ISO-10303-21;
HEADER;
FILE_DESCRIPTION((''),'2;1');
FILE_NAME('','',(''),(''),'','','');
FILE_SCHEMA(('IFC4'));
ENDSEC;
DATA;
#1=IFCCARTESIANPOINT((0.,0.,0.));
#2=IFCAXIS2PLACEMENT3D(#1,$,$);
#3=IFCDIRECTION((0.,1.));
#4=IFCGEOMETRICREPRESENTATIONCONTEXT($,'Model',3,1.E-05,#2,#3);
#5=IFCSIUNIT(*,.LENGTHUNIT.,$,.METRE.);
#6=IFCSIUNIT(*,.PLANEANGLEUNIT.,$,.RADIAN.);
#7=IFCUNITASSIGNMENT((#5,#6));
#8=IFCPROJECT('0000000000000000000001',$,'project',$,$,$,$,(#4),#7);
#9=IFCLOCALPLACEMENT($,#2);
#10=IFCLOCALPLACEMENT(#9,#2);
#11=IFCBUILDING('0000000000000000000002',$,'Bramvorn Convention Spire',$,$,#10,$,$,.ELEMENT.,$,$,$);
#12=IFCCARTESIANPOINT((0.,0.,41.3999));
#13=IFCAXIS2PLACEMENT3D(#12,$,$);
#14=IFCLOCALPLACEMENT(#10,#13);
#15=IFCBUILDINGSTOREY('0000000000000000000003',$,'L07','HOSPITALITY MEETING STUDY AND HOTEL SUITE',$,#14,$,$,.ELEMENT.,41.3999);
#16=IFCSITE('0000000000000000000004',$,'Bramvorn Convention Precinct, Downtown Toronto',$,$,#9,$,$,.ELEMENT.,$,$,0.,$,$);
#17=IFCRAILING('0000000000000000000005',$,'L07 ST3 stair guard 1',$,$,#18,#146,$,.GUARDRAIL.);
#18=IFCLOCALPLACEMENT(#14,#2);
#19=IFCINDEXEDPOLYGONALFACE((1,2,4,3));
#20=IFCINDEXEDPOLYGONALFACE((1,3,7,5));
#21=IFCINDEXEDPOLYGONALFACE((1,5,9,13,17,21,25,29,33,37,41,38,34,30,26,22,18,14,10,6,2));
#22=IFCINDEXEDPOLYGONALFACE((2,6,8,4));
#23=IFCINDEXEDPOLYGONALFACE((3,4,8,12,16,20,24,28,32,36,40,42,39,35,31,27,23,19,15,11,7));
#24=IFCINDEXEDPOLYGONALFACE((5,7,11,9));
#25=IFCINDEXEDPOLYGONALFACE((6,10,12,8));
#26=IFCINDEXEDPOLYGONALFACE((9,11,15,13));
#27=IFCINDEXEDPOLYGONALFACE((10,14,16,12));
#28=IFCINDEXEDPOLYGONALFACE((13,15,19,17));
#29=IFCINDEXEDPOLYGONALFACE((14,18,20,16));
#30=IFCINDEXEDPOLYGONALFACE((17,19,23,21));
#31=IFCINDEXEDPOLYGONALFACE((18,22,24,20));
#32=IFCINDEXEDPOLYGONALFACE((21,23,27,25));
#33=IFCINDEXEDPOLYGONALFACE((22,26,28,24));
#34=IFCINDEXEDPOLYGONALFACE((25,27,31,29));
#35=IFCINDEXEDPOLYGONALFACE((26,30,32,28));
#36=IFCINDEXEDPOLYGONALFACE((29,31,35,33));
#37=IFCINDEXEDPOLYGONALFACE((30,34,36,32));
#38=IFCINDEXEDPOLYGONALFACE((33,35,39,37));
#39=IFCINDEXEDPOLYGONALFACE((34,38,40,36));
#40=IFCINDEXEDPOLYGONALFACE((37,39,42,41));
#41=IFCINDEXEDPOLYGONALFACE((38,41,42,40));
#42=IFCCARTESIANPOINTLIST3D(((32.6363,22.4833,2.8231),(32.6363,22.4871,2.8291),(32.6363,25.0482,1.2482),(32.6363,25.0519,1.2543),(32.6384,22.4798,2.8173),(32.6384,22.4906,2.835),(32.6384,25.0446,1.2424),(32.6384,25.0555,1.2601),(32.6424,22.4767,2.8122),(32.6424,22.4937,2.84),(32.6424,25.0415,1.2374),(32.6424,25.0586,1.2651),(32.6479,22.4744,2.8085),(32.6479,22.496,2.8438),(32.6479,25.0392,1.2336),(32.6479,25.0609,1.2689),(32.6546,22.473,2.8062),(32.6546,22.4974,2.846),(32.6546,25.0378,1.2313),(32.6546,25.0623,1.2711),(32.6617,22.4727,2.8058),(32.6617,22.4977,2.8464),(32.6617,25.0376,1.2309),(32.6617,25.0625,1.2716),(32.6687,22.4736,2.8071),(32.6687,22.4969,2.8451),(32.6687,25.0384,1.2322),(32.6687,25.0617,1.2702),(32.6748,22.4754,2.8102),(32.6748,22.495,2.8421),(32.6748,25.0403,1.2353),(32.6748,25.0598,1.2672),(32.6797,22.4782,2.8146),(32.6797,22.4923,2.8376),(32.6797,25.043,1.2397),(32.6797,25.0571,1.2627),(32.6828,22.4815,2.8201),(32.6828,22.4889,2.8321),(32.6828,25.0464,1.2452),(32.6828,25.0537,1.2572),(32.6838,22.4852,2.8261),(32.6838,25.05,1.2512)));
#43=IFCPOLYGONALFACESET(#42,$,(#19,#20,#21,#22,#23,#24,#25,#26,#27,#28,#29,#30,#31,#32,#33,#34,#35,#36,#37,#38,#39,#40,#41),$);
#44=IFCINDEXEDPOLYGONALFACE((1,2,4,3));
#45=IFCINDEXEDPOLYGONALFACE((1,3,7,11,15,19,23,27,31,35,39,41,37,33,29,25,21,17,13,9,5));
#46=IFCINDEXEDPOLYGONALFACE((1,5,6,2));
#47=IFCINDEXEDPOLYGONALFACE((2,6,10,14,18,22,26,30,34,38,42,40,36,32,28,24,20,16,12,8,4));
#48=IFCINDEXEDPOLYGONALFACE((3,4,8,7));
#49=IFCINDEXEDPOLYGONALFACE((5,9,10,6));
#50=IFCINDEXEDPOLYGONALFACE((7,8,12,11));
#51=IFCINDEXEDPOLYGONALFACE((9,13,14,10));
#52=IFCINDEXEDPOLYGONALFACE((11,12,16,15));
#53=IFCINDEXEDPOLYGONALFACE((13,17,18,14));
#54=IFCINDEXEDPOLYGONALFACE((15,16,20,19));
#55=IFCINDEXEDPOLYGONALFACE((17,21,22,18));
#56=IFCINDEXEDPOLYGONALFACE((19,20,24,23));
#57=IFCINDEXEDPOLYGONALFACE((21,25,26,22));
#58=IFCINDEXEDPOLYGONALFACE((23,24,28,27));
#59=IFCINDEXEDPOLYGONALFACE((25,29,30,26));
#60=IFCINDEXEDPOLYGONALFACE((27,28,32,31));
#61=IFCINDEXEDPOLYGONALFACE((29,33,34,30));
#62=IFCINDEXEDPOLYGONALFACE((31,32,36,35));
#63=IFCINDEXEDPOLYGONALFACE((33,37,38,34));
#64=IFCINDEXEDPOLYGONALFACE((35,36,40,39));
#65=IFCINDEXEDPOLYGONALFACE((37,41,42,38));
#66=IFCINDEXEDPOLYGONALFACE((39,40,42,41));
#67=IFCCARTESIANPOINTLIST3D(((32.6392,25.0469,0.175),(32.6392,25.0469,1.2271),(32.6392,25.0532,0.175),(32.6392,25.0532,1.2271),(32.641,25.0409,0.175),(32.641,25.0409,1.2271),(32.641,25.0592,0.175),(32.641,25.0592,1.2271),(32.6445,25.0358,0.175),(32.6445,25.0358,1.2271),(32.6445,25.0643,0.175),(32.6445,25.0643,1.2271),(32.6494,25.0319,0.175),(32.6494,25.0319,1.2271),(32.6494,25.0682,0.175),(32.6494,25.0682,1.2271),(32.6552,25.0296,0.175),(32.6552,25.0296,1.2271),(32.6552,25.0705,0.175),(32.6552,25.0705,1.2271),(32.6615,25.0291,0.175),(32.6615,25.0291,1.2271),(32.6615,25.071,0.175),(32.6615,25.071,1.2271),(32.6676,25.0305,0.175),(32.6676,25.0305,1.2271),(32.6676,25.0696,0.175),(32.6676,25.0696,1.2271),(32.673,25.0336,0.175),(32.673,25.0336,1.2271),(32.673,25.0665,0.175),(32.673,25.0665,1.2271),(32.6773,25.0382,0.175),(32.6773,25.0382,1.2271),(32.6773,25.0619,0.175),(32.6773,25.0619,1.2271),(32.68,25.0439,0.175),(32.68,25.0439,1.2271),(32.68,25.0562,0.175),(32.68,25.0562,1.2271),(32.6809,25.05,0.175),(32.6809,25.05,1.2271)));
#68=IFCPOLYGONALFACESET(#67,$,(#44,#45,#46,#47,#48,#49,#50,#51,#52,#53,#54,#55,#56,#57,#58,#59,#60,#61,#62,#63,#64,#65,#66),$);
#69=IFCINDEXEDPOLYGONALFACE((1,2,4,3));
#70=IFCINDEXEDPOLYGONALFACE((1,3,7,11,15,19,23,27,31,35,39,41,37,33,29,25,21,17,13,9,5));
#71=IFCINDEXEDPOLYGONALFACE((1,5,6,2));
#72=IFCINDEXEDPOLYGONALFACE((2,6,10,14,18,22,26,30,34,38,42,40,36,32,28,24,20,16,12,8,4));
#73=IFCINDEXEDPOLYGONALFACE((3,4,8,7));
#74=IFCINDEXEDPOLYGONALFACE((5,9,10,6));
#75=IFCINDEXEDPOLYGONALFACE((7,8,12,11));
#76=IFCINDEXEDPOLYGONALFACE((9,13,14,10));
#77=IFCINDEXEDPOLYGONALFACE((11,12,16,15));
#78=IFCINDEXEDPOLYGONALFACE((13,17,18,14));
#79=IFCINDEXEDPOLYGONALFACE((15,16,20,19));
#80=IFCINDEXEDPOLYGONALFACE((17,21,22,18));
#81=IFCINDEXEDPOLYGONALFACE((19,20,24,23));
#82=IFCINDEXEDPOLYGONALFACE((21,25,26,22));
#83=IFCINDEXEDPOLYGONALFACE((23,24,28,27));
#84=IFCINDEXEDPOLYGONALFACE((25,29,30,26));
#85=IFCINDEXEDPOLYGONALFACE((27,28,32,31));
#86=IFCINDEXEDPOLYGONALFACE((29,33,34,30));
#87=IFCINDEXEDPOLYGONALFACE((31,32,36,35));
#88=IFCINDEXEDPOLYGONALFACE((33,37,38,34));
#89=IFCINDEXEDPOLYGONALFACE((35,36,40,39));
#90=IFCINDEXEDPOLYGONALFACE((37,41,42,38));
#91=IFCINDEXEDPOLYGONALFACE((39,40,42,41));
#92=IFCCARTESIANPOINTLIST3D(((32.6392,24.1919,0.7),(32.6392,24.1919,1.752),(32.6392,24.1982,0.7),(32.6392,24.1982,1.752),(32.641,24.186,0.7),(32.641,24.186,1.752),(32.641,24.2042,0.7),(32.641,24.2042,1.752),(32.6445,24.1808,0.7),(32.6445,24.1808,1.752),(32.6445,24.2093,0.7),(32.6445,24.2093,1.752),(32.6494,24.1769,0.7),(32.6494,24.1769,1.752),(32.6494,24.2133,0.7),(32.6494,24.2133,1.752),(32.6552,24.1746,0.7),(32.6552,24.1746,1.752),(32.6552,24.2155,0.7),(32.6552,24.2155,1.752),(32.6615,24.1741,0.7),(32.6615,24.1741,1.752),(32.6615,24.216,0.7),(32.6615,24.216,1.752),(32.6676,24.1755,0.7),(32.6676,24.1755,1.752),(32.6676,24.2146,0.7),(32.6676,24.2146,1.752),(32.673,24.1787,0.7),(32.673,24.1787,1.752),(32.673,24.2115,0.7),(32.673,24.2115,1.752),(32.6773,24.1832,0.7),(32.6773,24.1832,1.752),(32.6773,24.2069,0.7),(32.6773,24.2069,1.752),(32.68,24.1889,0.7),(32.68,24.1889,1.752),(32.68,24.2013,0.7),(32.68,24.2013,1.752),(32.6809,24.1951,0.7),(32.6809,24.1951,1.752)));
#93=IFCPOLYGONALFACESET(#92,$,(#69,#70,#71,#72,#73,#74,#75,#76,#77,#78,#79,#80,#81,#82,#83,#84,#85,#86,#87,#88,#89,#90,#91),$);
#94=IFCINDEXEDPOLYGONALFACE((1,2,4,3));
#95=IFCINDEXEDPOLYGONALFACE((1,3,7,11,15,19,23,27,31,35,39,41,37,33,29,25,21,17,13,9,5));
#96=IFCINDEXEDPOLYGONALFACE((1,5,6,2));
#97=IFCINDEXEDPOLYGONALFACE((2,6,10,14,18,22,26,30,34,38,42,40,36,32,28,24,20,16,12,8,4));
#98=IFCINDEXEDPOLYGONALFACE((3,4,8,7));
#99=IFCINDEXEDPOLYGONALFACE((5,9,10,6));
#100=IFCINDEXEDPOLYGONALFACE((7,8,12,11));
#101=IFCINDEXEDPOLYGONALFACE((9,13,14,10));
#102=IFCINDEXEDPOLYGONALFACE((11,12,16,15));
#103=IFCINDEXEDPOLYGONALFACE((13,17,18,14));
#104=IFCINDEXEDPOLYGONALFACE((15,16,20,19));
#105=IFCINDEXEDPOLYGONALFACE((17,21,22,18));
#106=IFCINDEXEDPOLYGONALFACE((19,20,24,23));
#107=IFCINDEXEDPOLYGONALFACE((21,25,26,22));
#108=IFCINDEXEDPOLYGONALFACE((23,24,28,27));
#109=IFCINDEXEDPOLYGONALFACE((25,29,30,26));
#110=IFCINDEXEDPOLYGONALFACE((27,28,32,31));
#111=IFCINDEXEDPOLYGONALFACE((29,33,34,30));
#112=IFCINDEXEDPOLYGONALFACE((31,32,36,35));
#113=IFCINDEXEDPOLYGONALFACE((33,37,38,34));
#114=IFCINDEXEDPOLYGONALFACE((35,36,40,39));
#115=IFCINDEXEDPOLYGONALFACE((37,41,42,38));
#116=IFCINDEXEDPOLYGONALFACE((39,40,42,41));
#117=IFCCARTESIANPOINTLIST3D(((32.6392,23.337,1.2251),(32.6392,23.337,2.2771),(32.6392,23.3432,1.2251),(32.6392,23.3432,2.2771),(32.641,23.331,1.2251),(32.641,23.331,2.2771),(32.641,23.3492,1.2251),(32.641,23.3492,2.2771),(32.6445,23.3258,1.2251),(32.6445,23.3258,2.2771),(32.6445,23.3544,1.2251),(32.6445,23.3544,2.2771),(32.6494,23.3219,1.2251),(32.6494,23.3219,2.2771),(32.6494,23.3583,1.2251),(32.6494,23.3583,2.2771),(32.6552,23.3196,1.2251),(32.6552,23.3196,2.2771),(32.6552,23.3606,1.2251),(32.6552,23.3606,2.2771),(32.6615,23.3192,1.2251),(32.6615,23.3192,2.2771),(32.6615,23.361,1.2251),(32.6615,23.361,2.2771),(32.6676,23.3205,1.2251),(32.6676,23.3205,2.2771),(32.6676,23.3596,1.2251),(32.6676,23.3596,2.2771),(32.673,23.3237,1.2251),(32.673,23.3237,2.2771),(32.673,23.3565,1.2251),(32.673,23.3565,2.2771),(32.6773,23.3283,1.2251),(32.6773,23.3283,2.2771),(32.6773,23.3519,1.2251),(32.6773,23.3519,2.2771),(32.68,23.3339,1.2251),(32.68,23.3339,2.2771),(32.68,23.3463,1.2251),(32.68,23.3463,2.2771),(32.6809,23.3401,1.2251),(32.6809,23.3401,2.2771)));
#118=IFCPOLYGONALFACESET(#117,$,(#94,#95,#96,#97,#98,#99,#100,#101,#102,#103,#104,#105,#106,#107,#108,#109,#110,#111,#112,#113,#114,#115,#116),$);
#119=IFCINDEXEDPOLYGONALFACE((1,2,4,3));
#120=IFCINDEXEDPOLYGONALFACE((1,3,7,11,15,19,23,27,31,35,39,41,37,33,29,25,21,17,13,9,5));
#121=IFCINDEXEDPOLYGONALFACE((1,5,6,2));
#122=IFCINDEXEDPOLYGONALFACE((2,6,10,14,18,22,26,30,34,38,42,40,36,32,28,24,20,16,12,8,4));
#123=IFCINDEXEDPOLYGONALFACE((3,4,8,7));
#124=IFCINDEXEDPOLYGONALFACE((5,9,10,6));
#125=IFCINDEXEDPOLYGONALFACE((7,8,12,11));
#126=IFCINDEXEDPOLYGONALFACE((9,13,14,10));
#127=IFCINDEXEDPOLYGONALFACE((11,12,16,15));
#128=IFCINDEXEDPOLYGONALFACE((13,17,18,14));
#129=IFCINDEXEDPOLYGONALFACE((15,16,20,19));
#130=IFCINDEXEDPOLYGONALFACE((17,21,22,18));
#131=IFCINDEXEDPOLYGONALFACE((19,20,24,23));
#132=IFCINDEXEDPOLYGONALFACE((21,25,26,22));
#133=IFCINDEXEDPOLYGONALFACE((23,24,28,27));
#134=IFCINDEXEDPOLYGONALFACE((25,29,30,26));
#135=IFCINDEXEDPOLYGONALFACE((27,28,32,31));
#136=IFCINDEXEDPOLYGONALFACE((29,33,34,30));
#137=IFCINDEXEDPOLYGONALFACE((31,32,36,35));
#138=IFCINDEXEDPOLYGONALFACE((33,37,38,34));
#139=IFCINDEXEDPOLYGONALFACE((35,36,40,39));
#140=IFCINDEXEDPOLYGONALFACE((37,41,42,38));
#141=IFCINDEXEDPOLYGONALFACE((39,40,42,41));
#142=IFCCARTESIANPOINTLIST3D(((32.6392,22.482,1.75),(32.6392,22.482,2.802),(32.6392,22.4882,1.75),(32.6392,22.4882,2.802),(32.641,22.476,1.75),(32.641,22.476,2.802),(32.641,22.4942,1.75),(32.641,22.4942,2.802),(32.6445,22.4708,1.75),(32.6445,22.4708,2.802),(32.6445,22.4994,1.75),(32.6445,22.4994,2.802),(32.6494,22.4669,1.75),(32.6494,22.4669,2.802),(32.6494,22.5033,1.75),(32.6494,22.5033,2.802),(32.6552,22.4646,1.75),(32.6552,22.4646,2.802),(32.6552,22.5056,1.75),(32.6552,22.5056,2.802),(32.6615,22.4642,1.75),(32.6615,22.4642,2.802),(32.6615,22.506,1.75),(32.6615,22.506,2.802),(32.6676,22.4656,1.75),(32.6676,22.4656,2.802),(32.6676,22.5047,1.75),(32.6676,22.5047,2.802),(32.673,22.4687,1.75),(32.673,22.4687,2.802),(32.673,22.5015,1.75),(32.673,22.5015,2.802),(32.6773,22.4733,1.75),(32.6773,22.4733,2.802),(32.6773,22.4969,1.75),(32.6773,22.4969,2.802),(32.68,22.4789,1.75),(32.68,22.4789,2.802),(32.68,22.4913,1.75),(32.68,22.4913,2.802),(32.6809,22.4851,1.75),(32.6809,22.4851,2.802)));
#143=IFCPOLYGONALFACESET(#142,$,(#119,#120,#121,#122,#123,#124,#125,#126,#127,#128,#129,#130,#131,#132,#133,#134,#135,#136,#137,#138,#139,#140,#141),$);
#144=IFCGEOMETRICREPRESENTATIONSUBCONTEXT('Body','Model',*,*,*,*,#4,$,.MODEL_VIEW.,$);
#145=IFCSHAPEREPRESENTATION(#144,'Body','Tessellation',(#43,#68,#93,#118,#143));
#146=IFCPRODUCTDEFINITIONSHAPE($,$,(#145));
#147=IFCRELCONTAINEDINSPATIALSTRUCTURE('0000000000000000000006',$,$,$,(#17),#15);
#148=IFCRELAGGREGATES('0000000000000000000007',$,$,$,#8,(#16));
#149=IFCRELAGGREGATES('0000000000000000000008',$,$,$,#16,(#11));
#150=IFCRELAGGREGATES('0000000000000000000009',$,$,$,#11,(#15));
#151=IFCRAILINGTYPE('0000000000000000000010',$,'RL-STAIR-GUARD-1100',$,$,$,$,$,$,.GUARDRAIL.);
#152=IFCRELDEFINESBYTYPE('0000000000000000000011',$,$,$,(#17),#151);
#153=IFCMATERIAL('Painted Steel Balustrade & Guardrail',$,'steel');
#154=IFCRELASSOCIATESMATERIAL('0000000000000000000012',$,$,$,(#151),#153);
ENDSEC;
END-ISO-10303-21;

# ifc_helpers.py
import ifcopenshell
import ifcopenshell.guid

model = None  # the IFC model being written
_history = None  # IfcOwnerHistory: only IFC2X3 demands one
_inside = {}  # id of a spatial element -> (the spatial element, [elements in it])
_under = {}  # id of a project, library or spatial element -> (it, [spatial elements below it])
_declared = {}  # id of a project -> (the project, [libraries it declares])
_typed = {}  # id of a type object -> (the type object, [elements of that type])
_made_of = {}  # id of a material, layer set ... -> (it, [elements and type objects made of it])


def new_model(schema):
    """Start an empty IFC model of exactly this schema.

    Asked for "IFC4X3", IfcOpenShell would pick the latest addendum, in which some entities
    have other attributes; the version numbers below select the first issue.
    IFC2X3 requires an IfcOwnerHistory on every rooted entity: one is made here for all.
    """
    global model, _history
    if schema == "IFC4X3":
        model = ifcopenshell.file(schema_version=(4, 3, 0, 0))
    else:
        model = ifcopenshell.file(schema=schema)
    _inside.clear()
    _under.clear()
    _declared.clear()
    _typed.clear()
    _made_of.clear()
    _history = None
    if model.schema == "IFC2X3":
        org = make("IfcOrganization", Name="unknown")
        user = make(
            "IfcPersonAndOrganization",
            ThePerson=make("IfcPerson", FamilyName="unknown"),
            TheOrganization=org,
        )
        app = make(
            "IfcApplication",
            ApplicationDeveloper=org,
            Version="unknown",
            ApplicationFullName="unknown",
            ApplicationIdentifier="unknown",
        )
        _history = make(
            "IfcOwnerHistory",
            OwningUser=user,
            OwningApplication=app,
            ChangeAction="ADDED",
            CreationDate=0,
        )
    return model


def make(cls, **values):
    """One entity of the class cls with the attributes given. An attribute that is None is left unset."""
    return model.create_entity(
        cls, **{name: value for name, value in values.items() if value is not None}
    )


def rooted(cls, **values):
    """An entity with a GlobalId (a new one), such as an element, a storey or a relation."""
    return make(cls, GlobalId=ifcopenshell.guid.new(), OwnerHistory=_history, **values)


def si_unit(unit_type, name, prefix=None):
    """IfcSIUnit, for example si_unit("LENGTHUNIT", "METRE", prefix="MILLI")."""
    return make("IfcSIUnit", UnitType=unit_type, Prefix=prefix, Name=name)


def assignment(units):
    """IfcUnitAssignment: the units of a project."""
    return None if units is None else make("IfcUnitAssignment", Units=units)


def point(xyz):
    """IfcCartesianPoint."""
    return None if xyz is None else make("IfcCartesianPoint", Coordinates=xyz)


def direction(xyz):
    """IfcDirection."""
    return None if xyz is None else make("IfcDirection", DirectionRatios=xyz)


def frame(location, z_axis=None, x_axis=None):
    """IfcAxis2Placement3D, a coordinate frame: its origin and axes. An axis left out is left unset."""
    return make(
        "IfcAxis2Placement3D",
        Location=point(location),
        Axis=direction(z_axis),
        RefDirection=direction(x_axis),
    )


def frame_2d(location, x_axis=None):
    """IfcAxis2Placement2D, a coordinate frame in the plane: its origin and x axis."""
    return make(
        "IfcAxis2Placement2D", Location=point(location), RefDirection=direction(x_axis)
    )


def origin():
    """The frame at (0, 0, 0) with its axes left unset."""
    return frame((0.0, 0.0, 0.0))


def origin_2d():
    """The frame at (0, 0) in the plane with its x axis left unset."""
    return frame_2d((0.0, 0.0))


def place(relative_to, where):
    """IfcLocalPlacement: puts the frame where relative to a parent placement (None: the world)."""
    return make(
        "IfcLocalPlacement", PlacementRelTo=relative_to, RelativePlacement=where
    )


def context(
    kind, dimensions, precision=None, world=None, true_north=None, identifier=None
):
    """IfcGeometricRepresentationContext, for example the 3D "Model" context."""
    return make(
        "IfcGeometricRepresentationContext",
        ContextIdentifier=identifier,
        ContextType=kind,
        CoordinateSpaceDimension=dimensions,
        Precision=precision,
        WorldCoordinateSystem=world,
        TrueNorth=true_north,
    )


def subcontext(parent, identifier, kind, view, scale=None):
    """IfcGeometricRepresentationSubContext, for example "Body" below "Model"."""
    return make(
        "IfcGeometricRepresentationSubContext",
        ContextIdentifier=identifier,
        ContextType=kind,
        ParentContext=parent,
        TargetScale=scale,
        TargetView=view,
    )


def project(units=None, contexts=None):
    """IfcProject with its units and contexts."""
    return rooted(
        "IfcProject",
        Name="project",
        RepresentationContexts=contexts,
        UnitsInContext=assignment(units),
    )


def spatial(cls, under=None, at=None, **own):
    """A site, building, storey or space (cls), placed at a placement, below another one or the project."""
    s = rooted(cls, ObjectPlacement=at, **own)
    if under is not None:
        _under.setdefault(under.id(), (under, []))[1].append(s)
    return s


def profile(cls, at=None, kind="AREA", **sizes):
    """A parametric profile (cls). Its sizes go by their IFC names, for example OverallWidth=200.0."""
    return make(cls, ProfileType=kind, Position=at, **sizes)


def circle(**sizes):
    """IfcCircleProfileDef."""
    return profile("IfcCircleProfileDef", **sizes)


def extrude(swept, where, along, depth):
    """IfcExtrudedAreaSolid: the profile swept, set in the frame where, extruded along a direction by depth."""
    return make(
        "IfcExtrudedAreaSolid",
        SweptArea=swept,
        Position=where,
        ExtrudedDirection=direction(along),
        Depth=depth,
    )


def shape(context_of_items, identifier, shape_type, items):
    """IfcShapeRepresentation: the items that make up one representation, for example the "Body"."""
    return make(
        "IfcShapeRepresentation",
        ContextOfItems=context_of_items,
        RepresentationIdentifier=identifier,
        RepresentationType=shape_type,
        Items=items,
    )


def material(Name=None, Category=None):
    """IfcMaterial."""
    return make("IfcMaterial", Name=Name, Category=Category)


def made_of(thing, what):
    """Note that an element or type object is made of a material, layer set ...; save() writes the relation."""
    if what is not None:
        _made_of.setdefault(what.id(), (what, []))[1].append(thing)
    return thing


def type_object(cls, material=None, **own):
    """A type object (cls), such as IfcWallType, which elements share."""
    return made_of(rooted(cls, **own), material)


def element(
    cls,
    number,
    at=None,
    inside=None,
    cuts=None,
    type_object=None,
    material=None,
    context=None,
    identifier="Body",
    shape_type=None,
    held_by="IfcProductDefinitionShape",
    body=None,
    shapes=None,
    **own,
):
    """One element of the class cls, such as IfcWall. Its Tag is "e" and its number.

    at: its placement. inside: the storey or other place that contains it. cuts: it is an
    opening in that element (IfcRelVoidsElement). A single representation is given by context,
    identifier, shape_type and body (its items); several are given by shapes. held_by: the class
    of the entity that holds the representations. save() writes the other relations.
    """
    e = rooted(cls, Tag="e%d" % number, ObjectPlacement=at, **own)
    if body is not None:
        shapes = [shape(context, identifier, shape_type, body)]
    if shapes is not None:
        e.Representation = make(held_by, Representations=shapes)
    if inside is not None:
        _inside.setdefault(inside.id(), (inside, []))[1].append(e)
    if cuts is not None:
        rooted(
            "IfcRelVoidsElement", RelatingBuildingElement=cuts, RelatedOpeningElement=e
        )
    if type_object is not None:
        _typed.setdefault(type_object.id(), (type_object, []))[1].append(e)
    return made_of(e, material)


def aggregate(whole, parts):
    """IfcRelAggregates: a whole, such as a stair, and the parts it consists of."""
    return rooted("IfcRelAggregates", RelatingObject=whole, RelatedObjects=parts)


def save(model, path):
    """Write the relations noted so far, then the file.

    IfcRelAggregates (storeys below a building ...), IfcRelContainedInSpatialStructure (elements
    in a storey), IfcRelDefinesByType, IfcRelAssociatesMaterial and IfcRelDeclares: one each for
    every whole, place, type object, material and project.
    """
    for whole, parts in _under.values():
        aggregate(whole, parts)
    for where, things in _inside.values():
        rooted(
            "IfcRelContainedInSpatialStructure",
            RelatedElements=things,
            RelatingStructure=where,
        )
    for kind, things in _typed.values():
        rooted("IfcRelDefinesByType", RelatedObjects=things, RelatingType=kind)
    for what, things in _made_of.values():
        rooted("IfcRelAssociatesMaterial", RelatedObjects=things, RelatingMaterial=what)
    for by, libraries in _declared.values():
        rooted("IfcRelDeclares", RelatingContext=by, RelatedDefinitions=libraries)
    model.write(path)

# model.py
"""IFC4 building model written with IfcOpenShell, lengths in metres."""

from ifc_helpers import new_model, si_unit, direction, frame, origin, origin_2d, place, context, subcontext, project, spatial, circle, extrude, material, type_object, element, save


model = new_model("IFC4")

# Units and contexts
model_context = context("Model", 3, precision=1e-05, world=origin(), true_north=direction((0.0, 1.0)))
body_context = subcontext(model_context, "Body", "Model", "MODEL_VIEW")
ifc_project = project(units=[si_unit("LENGTHUNIT", "METRE"), si_unit("PLANEANGLEUNIT", "RADIAN")], contexts=[model_context])

# Site, building, storey
site_placement = place(None, origin())
site = spatial("IfcSite", under=ifc_project, at=site_placement, Name="Bramvorn Convention Precinct, Downtown Toronto", CompositionType="ELEMENT", RefElevation=0.0)
building_placement = place(site_placement, origin())
building = spatial("IfcBuilding", under=site, at=building_placement, Name="Bramvorn Convention Spire", CompositionType="ELEMENT")
storey_placement = place(building_placement, frame((0.0, 0.0, 41.3999)))
storey = spatial("IfcBuildingStorey", under=building, at=storey_placement, Name="L07", Description="HOSPITALITY MEETING STUDY AND HOTEL SUITE", CompositionType="ELEMENT", Elevation=41.3999)

# Railing
ifc_material_1 = material(Name="Painted Steel Balustrade & Guardrail", Category="steel")
railing_type_1 = type_object("IfcRailingType", Name="RL-STAIR-GUARD-1100", PredefinedType="GUARDRAIL", material=ifc_material_1)
railing_1_placement = place(storey_placement, frame((32.6599, 25.05, 0.175)))
element("IfcRailing", 1, at=railing_1_placement, inside=storey, type_object=railing_type_1, Name="L07 ST3 stair guard 1", PredefinedType="GUARDRAIL", context=body_context, shape_type="SweptSolid", body=[
    extrude(circle(Radius=0.0239, at=origin_2d()), frame((0.0, 0.0, 1.0762), z_axis=(0.0, -0.852173, 0.52326), x_axis=(1.0, 0.0, 0.0)), (0.0, 0.0, 1.0), 3.0098),
    extrude(circle(Radius=0.021, at=origin_2d()), origin(), (0.0, 0.0, 1.0), 1.052),
    extrude(circle(Radius=0.021, at=origin_2d()), frame((0.0, -0.855, 0.5249)), (0.0, 0.0, 1.0), 1.052),
    extrude(circle(Radius=0.021, at=origin_2d()), frame((0.0, -1.71, 1.05)), (0.0, 0.0, 1.0), 1.052),
    extrude(circle(Radius=0.021, at=origin_2d()), frame((0.0, -2.5649, 1.575)), (0.0, 0.0, 1.0), 1.052),
])

save(model, "model.ifc")
